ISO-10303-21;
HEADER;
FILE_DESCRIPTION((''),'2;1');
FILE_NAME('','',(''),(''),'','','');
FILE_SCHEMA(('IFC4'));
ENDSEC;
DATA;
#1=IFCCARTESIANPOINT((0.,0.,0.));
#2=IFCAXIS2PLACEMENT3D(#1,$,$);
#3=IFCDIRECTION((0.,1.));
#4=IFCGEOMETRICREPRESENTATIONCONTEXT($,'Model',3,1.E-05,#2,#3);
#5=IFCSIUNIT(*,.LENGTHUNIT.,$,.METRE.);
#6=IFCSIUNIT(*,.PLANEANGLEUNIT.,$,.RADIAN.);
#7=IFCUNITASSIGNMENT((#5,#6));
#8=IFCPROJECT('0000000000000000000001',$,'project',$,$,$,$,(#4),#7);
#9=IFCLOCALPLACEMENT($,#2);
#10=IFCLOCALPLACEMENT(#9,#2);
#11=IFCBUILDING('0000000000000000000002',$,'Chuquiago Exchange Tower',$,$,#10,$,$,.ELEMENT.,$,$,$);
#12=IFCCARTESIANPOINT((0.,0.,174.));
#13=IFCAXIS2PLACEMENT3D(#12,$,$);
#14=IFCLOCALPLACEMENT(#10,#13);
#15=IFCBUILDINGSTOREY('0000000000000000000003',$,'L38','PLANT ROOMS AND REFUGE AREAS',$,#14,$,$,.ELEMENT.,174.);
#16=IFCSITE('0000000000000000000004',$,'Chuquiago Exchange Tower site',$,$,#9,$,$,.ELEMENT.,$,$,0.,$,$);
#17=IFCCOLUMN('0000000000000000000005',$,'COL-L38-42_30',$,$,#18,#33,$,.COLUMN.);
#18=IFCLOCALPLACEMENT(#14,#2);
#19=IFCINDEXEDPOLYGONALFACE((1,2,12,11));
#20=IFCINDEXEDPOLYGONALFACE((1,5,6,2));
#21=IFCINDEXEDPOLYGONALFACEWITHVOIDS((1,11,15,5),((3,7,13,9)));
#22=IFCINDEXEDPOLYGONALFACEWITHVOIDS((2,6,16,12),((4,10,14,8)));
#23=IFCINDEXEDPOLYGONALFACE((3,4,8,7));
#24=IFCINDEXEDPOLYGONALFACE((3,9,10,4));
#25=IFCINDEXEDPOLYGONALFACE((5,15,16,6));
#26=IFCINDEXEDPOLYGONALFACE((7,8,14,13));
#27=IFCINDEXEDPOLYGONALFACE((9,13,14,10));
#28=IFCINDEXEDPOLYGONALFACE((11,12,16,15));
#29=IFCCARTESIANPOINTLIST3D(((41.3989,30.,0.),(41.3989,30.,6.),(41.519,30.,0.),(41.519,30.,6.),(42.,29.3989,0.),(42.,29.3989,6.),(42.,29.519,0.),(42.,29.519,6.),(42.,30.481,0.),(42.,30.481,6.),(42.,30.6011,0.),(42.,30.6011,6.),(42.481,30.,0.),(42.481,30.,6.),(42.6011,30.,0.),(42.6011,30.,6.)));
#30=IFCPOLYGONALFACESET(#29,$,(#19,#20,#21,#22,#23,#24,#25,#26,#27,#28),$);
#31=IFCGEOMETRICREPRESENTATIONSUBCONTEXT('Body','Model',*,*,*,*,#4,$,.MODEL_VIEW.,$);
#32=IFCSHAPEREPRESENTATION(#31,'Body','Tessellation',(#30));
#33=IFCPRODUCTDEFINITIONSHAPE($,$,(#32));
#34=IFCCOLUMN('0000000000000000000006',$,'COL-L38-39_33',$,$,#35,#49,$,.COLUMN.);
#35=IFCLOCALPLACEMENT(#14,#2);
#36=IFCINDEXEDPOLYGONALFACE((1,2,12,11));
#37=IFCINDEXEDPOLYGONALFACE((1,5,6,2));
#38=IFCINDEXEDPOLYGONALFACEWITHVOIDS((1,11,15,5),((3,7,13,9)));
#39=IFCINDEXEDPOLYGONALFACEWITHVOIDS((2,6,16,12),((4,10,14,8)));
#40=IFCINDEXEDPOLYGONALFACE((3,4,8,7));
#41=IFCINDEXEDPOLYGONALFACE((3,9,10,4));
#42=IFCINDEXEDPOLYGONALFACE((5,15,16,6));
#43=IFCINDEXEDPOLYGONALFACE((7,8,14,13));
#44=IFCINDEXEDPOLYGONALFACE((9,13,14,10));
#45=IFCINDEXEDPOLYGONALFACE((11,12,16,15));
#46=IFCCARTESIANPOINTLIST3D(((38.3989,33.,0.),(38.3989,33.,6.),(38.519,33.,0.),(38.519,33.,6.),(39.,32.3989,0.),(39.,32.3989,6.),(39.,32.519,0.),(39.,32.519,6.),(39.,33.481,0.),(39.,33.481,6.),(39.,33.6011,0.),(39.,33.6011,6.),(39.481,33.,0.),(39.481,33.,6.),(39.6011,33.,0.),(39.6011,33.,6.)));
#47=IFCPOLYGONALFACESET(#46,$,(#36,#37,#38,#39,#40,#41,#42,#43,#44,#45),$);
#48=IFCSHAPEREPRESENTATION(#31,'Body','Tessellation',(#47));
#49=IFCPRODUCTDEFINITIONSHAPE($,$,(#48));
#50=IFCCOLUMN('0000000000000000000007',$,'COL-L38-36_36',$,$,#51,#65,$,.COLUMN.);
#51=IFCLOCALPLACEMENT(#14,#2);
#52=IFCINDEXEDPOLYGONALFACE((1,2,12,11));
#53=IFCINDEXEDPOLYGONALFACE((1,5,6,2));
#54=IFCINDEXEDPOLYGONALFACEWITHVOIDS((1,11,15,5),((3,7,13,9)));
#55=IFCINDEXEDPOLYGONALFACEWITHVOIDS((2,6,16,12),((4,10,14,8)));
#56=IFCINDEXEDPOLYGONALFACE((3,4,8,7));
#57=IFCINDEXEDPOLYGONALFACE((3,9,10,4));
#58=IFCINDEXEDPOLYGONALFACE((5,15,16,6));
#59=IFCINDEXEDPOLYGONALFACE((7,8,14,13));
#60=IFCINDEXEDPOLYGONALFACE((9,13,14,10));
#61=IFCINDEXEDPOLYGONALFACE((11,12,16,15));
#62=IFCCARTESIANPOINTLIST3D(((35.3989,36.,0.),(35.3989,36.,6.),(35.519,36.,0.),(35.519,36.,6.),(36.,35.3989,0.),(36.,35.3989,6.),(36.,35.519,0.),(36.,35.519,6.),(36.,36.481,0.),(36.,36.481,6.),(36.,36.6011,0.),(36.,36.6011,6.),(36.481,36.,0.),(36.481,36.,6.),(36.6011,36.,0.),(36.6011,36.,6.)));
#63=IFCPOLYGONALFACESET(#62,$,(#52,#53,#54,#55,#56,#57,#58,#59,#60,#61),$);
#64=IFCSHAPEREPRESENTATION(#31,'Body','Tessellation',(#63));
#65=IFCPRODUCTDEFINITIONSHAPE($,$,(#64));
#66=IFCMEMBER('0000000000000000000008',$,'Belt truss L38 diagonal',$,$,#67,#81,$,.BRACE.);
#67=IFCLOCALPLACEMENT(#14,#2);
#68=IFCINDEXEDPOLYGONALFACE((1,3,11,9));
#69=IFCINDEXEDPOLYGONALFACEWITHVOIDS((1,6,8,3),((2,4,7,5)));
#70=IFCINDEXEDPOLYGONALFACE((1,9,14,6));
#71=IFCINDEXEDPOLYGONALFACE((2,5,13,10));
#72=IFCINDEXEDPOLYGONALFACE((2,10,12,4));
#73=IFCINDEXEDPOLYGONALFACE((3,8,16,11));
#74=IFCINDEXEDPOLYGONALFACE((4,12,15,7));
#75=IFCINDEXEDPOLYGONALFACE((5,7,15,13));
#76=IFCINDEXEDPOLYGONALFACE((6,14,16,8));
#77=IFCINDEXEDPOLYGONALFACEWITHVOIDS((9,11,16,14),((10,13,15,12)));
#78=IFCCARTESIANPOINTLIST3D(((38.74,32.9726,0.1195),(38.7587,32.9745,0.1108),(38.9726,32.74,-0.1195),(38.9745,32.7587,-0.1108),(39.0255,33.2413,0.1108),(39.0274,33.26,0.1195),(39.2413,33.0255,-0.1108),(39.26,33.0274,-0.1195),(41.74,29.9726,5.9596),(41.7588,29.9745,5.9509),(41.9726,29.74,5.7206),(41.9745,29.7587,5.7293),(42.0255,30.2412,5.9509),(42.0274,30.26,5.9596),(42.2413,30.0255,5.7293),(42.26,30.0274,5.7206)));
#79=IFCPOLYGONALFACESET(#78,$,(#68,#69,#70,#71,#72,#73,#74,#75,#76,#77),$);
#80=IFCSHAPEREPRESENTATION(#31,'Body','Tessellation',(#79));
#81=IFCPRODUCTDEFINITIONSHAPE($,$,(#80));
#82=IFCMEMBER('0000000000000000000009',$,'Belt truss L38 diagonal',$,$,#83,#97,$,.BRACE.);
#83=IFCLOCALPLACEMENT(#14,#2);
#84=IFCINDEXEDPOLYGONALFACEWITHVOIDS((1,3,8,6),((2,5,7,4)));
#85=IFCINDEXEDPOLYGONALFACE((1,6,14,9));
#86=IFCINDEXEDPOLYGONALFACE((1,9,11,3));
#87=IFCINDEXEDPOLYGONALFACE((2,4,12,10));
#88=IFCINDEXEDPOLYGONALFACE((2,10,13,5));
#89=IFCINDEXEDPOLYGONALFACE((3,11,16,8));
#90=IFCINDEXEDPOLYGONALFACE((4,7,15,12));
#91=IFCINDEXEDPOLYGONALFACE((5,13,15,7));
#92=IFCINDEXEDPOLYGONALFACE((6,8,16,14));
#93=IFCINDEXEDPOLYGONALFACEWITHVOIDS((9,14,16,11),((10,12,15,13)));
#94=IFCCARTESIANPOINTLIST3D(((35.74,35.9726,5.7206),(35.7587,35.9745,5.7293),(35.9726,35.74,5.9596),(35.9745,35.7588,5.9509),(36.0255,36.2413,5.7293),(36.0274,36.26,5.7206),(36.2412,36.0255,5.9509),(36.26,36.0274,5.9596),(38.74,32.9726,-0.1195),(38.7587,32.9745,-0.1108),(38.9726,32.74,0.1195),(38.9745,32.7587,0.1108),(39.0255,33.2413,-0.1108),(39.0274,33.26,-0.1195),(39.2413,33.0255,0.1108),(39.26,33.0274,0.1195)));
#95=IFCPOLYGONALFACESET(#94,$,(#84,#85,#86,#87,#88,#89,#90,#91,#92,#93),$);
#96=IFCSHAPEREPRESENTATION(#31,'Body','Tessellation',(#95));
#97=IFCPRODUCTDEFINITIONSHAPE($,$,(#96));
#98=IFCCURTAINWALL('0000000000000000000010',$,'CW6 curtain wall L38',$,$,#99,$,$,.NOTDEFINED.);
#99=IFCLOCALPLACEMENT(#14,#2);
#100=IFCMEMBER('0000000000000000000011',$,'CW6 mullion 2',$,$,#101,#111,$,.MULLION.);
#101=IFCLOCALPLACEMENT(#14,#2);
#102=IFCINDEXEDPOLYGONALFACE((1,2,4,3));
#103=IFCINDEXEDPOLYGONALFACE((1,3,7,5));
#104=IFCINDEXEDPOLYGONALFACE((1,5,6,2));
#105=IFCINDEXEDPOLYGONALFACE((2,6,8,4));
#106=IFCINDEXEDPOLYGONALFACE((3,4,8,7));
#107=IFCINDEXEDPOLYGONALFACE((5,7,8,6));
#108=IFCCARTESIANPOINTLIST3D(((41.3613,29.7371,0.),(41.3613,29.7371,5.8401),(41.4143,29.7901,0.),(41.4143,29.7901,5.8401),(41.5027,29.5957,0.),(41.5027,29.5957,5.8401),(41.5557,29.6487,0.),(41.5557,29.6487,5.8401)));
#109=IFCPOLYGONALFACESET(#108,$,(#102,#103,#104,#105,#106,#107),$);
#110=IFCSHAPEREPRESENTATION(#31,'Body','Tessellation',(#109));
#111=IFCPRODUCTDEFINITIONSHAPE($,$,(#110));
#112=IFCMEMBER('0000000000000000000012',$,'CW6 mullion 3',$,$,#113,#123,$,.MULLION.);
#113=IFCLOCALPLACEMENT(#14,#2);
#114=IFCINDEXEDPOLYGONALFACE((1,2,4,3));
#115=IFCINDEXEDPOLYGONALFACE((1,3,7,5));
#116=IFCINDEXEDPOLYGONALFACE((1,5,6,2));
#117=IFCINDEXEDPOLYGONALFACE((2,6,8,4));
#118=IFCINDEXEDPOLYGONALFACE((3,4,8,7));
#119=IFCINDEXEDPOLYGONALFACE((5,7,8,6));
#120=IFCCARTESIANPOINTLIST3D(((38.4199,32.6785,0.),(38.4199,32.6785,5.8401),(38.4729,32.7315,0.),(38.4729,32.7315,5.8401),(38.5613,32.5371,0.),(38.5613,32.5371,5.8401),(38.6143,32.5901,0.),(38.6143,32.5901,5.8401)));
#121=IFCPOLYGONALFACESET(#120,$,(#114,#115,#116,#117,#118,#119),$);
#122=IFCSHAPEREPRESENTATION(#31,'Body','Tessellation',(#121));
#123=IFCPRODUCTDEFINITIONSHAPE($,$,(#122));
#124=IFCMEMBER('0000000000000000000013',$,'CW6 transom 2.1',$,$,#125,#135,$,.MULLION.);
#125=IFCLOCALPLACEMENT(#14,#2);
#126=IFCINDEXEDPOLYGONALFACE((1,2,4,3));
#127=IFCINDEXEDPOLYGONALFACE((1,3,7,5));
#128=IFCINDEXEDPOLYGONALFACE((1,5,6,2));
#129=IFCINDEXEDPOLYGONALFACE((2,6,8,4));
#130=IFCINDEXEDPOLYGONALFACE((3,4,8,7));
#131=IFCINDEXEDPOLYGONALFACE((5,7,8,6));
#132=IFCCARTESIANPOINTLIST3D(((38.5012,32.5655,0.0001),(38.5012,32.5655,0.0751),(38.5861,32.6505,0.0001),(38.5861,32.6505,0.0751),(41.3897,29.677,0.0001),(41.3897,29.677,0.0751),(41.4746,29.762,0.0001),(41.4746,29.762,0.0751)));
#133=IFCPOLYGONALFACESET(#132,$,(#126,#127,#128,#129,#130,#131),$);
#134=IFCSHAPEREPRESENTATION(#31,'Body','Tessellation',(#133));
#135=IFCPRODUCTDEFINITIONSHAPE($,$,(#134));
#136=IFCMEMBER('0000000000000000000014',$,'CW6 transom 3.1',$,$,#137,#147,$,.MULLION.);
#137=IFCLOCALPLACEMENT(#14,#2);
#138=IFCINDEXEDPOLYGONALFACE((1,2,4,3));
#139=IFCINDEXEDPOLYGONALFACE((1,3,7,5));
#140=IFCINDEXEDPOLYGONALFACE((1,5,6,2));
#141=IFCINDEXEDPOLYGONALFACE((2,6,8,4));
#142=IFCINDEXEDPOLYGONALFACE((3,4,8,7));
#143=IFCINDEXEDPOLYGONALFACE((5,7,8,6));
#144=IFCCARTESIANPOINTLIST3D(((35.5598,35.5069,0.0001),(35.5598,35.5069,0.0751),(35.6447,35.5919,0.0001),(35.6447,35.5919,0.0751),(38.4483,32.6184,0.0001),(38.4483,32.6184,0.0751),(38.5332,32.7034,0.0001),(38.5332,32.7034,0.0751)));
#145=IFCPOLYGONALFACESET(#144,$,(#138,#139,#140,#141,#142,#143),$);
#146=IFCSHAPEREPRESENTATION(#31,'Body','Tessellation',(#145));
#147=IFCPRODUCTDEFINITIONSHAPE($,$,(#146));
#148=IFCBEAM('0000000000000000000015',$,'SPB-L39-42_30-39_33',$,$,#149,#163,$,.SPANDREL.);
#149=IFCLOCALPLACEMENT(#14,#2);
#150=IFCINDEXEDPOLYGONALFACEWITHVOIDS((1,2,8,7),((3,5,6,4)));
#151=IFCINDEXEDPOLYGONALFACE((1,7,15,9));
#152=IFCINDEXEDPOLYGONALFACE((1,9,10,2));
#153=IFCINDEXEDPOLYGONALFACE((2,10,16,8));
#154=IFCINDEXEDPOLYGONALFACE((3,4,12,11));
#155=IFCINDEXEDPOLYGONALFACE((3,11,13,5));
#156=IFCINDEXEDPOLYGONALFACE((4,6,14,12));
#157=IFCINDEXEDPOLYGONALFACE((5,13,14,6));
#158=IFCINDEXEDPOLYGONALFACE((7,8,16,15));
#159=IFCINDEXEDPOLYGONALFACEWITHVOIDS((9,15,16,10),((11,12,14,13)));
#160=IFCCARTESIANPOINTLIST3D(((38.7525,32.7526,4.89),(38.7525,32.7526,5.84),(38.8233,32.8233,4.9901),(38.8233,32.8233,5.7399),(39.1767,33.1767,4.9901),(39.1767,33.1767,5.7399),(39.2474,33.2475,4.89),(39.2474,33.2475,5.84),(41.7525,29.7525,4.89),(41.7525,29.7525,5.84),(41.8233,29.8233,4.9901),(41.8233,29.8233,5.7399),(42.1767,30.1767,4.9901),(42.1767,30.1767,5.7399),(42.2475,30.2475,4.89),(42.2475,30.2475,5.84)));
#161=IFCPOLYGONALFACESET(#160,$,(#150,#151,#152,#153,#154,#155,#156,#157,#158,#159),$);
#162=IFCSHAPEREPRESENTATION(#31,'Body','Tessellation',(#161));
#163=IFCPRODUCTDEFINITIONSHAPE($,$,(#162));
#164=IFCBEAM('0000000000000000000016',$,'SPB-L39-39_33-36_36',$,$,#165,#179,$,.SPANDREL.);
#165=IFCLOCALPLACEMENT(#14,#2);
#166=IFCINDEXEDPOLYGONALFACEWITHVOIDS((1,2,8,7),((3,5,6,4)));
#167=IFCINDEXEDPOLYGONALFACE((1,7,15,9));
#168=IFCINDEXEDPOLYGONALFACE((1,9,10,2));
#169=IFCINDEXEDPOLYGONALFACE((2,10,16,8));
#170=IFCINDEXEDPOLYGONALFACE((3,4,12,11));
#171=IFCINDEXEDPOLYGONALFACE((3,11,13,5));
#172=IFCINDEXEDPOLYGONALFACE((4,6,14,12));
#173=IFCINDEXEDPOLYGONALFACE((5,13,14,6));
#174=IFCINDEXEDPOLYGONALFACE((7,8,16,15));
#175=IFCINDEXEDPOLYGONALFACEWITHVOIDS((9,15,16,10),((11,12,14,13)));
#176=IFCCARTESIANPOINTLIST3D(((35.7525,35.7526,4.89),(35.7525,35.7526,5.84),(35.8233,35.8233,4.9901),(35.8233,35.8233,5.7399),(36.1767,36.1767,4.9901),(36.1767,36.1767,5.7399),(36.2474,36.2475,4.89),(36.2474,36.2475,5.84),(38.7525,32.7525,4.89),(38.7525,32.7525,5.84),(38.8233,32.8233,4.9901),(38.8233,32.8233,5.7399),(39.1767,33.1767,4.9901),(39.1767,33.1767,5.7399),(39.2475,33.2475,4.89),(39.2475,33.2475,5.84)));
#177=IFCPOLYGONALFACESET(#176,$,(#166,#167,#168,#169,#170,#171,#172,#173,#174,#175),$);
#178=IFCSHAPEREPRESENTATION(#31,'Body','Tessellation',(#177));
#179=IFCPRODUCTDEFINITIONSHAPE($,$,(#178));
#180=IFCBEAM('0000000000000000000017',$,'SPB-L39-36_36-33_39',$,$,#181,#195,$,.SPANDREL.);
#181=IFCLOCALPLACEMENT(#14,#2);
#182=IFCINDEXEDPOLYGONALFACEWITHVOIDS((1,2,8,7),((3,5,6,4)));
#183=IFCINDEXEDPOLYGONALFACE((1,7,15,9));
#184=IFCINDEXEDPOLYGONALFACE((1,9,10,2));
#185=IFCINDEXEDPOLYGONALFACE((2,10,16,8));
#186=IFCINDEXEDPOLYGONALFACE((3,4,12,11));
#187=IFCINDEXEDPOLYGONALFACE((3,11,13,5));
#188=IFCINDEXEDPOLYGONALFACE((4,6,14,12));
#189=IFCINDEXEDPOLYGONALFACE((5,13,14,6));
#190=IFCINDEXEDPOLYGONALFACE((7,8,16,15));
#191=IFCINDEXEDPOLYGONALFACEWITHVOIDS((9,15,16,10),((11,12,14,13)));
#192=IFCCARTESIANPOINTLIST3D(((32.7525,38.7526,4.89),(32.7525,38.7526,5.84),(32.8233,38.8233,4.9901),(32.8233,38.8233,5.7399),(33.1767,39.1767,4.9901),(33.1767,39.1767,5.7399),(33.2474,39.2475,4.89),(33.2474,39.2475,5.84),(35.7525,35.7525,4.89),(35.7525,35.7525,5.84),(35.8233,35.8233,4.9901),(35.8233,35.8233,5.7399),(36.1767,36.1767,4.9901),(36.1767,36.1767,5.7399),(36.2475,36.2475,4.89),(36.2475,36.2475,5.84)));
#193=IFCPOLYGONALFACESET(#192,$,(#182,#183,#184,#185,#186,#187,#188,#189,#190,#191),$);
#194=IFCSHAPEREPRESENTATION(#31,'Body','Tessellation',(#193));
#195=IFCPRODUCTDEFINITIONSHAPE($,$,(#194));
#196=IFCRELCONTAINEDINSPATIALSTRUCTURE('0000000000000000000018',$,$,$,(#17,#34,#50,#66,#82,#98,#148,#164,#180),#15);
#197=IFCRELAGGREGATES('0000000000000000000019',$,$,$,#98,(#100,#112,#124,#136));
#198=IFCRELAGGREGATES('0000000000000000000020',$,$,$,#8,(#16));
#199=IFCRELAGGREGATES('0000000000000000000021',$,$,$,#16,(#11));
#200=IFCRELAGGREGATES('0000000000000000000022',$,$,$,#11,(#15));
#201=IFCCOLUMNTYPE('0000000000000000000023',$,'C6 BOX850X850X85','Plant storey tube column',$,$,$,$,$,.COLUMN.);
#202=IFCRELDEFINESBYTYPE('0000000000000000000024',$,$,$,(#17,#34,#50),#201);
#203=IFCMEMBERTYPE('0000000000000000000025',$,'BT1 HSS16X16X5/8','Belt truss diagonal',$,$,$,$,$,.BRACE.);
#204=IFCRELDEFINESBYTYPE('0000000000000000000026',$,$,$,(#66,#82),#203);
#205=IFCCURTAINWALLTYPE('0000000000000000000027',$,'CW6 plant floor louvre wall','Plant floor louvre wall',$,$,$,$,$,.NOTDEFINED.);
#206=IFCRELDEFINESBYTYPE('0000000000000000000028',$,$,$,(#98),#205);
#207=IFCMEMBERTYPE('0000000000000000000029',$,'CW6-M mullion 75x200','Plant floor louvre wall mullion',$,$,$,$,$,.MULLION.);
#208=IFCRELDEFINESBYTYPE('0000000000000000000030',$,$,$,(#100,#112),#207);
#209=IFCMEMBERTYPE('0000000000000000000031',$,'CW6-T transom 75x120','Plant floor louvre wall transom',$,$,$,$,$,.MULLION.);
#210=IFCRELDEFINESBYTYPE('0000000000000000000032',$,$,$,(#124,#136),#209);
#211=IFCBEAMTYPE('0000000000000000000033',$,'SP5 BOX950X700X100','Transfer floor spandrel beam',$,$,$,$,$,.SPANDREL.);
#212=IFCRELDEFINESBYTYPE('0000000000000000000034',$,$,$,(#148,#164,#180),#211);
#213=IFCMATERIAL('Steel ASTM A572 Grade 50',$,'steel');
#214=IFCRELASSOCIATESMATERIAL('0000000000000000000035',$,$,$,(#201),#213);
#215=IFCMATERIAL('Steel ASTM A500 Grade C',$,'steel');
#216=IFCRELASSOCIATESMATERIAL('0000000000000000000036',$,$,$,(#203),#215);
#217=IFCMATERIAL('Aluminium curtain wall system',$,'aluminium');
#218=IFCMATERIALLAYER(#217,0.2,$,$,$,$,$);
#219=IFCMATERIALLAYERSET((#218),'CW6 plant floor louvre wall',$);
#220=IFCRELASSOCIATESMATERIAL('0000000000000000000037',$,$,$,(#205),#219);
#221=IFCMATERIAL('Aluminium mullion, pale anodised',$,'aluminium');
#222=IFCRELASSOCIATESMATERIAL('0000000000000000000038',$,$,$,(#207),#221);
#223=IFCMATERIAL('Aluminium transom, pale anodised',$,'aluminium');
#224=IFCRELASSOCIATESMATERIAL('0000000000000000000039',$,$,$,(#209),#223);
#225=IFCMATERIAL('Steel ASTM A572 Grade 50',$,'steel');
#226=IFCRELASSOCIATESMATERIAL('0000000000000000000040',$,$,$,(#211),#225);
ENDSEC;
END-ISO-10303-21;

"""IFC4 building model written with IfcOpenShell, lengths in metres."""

from ifc_helpers import new_model, si_unit, direction, frame, origin, origin_2d, place, context, subcontext, project, spatial, rectangle, hollow_rectangle, extrude, material, layer, layer_set, material_profile, profile_set, type_object, element, aggregate, save


model = new_model("IFC4")

# Units and contexts
model_context = context("Model", 3, precision=1e-05, world=origin(), true_north=direction((0.0, 1.0)))
body_context = subcontext(model_context, "Body", "Model", "MODEL_VIEW")
ifc_project = project(units=[si_unit("LENGTHUNIT", "METRE"), si_unit("PLANEANGLEUNIT", "RADIAN")], contexts=[model_context])

# Site, building, storey
site_placement = place(None, origin())
site = spatial("IfcSite", under=ifc_project, at=site_placement, Name="Chuquiago Exchange Tower site", CompositionType="ELEMENT", RefElevation=0.0)
building_placement = place(site_placement, origin())
building = spatial("IfcBuilding", under=site, at=building_placement, Name="Chuquiago Exchange Tower", CompositionType="ELEMENT")
storey_placement = place(building_placement, frame((0.0, 0.0, 174.0)))
storey = spatial("IfcBuildingStorey", under=building, at=storey_placement, Name="L38", Description="PLANT ROOMS AND REFUGE AREAS", CompositionType="ELEMENT", Elevation=174.0)

# Columns
ifc_material_1 = material(Name="Steel ASTM A572 Grade 50", Category="steel")
ifc_material_profile_1 = material_profile(ifc_material_1, hollow_rectangle(XDim=0.8501, YDim=0.8501, WallThickness=0.085, at=origin_2d()), Name="BOX850X850X85")
ifc_profile_set_1 = profile_set([ifc_material_profile_1], Name="Steel ASTM A572 Grade 50")
column_type = type_object("IfcColumnType", Name="C6 BOX850X850X85", Description="Plant storey tube column", PredefinedType="COLUMN", material=ifc_profile_set_1)
for number, where, z_axis, x_axis, name in (
    (1, (42.0, 30.0, 0.0), (0.0, 0.0, 1.0), (0.707107, 0.707107, 0.0), "COL-L38-42_30"),
    (2, (39.0, 33.0, 0.0), (0.0, 0.0, 1.0), (0.707107, 0.707107, 0.0), "COL-L38-39_33"),
    (3, (36.0, 36.0, 0.0), (0.0, 0.0, 1.0), (0.707107, 0.707107, 0.0), "COL-L38-36_36"),
):
    element("IfcColumn", number, at=place(storey_placement, frame(where, z_axis=z_axis, x_axis=x_axis)), inside=storey, type_object=column_type, Name=name, PredefinedType="COLUMN", context=body_context, shape_type="SweptSolid", body=[
        extrude(hollow_rectangle(XDim=0.8501, YDim=0.8501, WallThickness=0.085, at=origin_2d()), origin(), (0.0, 0.0, 1.0), 6.0),
    ])

# Members
ifc_material_2 = material(Name="Steel ASTM A500 Grade C", Category="steel")
ifc_material_profile_2 = material_profile(ifc_material_2, hollow_rectangle(XDim=0.4065, YDim=0.4065, WallThickness=0.0146, at=origin_2d()), Name="HSS16X16X5/8")
ifc_profile_set_2 = profile_set([ifc_material_profile_2], Name="Steel ASTM A500 Grade C")
member_type_1 = type_object("IfcMemberType", Name="BT1 HSS16X16X5/8", Description="Belt truss diagonal", PredefinedType="BRACE", material=ifc_profile_set_2)
for number, where, z_axis, x_axis, name in (
    (4, (39.0, 33.0, 0.0), (0.415599, -0.415599, 0.809045), (0.707107, 0.707107, 0.0), "Belt truss L38 diagonal"),
    (5, (39.0, 33.0, 0.0), (-0.415599, 0.415599, 0.809045), (-0.707107, -0.707107, 0.0), "Belt truss L38 diagonal"),
):
    element("IfcMember", number, at=place(storey_placement, frame(where, z_axis=z_axis, x_axis=x_axis)), inside=storey, type_object=member_type_1, Name=name, PredefinedType="BRACE", context=body_context, shape_type="SweptSolid", body=[
        extrude(hollow_rectangle(XDim=0.4065, YDim=0.4065, WallThickness=0.0146, at=origin_2d()), origin(), (0.0, 0.0, 1.0), 7.2185),
    ])

# Curtain wall, members
ifc_material_3 = material(Name="Aluminium curtain wall system", Category="aluminium")
ifc_layer_1 = layer(ifc_material_3, 0.2)
ifc_layer_set_1 = layer_set([ifc_layer_1], Name="CW6 plant floor louvre wall")
curtain_wall_type = type_object("IfcCurtainWallType", Name="CW6 plant floor louvre wall", Description="Plant floor louvre wall", PredefinedType="NOTDEFINED", material=ifc_layer_set_1)
curtain_wall_placement = place(storey_placement, origin())
curtain_wall = element("IfcCurtainWall", 6, at=curtain_wall_placement, inside=storey, type_object=curtain_wall_type, Name="CW6 curtain wall L38", PredefinedType="NOTDEFINED")
ifc_material_4 = material(Name="Aluminium mullion, pale anodised", Category="aluminium")
ifc_material_profile_3 = material_profile(ifc_material_4, rectangle(XDim=0.075, YDim=0.2, at=origin_2d()), Name="AL 75x200")
ifc_profile_set_3 = profile_set([ifc_material_profile_3], Name="Aluminium mullion, pale anodised")
member_type_2 = type_object("IfcMemberType", Name="CW6-M mullion 75x200", Description="Plant floor louvre wall mullion", PredefinedType="MULLION", material=ifc_profile_set_3)
member_1_placement = place(storey_placement, frame((41.4585, 29.6929, 0.0), z_axis=(0.0, 0.0, 1.0), x_axis=(-0.707107, -0.707107, 0.0)))
member_1 = element("IfcMember", 7, at=member_1_placement, type_object=member_type_2, Name="CW6 mullion 2", PredefinedType="MULLION", context=body_context, shape_type="SweptSolid", body=[
    extrude(rectangle(XDim=0.075, YDim=0.2, at=origin_2d()), origin(), (0.0, 0.0, 1.0), 5.8401),
])
member_2_placement = place(storey_placement, frame((38.5171, 32.6343, 0.0), z_axis=(0.0, 0.0, 1.0), x_axis=(-0.707107, -0.707107, 0.0)))
member_2 = element("IfcMember", 8, at=member_2_placement, type_object=member_type_2, Name="CW6 mullion 3", PredefinedType="MULLION", context=body_context, shape_type="SweptSolid", body=[
    extrude(rectangle(XDim=0.075, YDim=0.2, at=origin_2d()), origin(), (0.0, 0.0, 1.0), 5.8401),
])
ifc_material_5 = material(Name="Aluminium transom, pale anodised", Category="aluminium")
ifc_material_profile_4 = material_profile(ifc_material_5, rectangle(XDim=0.1201, YDim=0.075, at=origin_2d()), Name="AL 120x75")
ifc_profile_set_4 = profile_set([ifc_material_profile_4], Name="Aluminium transom, pale anodised")
member_type_3 = type_object("IfcMemberType", Name="CW6-T transom 75x120", Description="Plant floor louvre wall transom", PredefinedType="MULLION", material=ifc_profile_set_4)
member_3_placement = place(storey_placement, frame((41.4321, 29.7195, 0.0376), z_axis=(-0.707107, 0.707107, 0.0), x_axis=(-0.707107, -0.707107, 0.0)))
member_3 = element("IfcMember", 9, at=member_3_placement, type_object=member_type_3, Name="CW6 transom 2.1", PredefinedType="MULLION", context=body_context, shape_type="SweptSolid", body=[
    extrude(rectangle(XDim=0.1201, YDim=0.075, at=origin_2d()), origin(), (0.0, 0.0, 1.0), 4.085),
])
member_4_placement = place(storey_placement, frame((38.4907, 32.6609, 0.0376), z_axis=(-0.707107, 0.707107, 0.0), x_axis=(-0.707107, -0.707107, 0.0)))
member_4 = element("IfcMember", 10, at=member_4_placement, type_object=member_type_3, Name="CW6 transom 3.1", PredefinedType="MULLION", context=body_context, shape_type="SweptSolid", body=[
    extrude(rectangle(XDim=0.1201, YDim=0.075, at=origin_2d()), origin(), (0.0, 0.0, 1.0), 4.085),
])

# Beams
ifc_material_6 = material(Name="Steel ASTM A572 Grade 50", Category="steel")
ifc_material_profile_5 = material_profile(ifc_material_6, hollow_rectangle(XDim=0.7, YDim=0.95, WallThickness=0.1001, at=origin_2d()), Name="BOX950X700X100")
ifc_profile_set_5 = profile_set([ifc_material_profile_5], Name="Steel ASTM A572 Grade 50")
beam_type = type_object("IfcBeamType", Name="SP5 BOX950X700X100", Description="Transfer floor spandrel beam", PredefinedType="SPANDREL", material=ifc_profile_set_5)
for number, where, z_axis, x_axis, name in (
    (11, (42.0, 30.0, 5.365), (-0.707107, 0.707107, 0.0), (-0.707107, -0.707107, 0.0), "SPB-L39-42_30-39_33"),
    (12, (39.0, 33.0, 5.365), (-0.707107, 0.707107, 0.0), (-0.707107, -0.707107, 0.0), "SPB-L39-39_33-36_36"),
    (13, (36.0, 36.0, 5.365), (-0.707107, 0.707107, 0.0), (-0.707107, -0.707107, 0.0), "SPB-L39-36_36-33_39"),
):
    element("IfcBeam", number, at=place(storey_placement, frame(where, z_axis=z_axis, x_axis=x_axis)), inside=storey, type_object=beam_type, Name=name, PredefinedType="SPANDREL", context=body_context, shape_type="SweptSolid", body=[
        extrude(hollow_rectangle(XDim=0.7, YDim=0.95, WallThickness=0.1001, at=origin_2d()), origin(), (0.0, 0.0, 1.0), 4.2427),
    ])

aggregate(curtain_wall, [member_1, member_2, member_3, member_4])

save(model, "model.ifc")
